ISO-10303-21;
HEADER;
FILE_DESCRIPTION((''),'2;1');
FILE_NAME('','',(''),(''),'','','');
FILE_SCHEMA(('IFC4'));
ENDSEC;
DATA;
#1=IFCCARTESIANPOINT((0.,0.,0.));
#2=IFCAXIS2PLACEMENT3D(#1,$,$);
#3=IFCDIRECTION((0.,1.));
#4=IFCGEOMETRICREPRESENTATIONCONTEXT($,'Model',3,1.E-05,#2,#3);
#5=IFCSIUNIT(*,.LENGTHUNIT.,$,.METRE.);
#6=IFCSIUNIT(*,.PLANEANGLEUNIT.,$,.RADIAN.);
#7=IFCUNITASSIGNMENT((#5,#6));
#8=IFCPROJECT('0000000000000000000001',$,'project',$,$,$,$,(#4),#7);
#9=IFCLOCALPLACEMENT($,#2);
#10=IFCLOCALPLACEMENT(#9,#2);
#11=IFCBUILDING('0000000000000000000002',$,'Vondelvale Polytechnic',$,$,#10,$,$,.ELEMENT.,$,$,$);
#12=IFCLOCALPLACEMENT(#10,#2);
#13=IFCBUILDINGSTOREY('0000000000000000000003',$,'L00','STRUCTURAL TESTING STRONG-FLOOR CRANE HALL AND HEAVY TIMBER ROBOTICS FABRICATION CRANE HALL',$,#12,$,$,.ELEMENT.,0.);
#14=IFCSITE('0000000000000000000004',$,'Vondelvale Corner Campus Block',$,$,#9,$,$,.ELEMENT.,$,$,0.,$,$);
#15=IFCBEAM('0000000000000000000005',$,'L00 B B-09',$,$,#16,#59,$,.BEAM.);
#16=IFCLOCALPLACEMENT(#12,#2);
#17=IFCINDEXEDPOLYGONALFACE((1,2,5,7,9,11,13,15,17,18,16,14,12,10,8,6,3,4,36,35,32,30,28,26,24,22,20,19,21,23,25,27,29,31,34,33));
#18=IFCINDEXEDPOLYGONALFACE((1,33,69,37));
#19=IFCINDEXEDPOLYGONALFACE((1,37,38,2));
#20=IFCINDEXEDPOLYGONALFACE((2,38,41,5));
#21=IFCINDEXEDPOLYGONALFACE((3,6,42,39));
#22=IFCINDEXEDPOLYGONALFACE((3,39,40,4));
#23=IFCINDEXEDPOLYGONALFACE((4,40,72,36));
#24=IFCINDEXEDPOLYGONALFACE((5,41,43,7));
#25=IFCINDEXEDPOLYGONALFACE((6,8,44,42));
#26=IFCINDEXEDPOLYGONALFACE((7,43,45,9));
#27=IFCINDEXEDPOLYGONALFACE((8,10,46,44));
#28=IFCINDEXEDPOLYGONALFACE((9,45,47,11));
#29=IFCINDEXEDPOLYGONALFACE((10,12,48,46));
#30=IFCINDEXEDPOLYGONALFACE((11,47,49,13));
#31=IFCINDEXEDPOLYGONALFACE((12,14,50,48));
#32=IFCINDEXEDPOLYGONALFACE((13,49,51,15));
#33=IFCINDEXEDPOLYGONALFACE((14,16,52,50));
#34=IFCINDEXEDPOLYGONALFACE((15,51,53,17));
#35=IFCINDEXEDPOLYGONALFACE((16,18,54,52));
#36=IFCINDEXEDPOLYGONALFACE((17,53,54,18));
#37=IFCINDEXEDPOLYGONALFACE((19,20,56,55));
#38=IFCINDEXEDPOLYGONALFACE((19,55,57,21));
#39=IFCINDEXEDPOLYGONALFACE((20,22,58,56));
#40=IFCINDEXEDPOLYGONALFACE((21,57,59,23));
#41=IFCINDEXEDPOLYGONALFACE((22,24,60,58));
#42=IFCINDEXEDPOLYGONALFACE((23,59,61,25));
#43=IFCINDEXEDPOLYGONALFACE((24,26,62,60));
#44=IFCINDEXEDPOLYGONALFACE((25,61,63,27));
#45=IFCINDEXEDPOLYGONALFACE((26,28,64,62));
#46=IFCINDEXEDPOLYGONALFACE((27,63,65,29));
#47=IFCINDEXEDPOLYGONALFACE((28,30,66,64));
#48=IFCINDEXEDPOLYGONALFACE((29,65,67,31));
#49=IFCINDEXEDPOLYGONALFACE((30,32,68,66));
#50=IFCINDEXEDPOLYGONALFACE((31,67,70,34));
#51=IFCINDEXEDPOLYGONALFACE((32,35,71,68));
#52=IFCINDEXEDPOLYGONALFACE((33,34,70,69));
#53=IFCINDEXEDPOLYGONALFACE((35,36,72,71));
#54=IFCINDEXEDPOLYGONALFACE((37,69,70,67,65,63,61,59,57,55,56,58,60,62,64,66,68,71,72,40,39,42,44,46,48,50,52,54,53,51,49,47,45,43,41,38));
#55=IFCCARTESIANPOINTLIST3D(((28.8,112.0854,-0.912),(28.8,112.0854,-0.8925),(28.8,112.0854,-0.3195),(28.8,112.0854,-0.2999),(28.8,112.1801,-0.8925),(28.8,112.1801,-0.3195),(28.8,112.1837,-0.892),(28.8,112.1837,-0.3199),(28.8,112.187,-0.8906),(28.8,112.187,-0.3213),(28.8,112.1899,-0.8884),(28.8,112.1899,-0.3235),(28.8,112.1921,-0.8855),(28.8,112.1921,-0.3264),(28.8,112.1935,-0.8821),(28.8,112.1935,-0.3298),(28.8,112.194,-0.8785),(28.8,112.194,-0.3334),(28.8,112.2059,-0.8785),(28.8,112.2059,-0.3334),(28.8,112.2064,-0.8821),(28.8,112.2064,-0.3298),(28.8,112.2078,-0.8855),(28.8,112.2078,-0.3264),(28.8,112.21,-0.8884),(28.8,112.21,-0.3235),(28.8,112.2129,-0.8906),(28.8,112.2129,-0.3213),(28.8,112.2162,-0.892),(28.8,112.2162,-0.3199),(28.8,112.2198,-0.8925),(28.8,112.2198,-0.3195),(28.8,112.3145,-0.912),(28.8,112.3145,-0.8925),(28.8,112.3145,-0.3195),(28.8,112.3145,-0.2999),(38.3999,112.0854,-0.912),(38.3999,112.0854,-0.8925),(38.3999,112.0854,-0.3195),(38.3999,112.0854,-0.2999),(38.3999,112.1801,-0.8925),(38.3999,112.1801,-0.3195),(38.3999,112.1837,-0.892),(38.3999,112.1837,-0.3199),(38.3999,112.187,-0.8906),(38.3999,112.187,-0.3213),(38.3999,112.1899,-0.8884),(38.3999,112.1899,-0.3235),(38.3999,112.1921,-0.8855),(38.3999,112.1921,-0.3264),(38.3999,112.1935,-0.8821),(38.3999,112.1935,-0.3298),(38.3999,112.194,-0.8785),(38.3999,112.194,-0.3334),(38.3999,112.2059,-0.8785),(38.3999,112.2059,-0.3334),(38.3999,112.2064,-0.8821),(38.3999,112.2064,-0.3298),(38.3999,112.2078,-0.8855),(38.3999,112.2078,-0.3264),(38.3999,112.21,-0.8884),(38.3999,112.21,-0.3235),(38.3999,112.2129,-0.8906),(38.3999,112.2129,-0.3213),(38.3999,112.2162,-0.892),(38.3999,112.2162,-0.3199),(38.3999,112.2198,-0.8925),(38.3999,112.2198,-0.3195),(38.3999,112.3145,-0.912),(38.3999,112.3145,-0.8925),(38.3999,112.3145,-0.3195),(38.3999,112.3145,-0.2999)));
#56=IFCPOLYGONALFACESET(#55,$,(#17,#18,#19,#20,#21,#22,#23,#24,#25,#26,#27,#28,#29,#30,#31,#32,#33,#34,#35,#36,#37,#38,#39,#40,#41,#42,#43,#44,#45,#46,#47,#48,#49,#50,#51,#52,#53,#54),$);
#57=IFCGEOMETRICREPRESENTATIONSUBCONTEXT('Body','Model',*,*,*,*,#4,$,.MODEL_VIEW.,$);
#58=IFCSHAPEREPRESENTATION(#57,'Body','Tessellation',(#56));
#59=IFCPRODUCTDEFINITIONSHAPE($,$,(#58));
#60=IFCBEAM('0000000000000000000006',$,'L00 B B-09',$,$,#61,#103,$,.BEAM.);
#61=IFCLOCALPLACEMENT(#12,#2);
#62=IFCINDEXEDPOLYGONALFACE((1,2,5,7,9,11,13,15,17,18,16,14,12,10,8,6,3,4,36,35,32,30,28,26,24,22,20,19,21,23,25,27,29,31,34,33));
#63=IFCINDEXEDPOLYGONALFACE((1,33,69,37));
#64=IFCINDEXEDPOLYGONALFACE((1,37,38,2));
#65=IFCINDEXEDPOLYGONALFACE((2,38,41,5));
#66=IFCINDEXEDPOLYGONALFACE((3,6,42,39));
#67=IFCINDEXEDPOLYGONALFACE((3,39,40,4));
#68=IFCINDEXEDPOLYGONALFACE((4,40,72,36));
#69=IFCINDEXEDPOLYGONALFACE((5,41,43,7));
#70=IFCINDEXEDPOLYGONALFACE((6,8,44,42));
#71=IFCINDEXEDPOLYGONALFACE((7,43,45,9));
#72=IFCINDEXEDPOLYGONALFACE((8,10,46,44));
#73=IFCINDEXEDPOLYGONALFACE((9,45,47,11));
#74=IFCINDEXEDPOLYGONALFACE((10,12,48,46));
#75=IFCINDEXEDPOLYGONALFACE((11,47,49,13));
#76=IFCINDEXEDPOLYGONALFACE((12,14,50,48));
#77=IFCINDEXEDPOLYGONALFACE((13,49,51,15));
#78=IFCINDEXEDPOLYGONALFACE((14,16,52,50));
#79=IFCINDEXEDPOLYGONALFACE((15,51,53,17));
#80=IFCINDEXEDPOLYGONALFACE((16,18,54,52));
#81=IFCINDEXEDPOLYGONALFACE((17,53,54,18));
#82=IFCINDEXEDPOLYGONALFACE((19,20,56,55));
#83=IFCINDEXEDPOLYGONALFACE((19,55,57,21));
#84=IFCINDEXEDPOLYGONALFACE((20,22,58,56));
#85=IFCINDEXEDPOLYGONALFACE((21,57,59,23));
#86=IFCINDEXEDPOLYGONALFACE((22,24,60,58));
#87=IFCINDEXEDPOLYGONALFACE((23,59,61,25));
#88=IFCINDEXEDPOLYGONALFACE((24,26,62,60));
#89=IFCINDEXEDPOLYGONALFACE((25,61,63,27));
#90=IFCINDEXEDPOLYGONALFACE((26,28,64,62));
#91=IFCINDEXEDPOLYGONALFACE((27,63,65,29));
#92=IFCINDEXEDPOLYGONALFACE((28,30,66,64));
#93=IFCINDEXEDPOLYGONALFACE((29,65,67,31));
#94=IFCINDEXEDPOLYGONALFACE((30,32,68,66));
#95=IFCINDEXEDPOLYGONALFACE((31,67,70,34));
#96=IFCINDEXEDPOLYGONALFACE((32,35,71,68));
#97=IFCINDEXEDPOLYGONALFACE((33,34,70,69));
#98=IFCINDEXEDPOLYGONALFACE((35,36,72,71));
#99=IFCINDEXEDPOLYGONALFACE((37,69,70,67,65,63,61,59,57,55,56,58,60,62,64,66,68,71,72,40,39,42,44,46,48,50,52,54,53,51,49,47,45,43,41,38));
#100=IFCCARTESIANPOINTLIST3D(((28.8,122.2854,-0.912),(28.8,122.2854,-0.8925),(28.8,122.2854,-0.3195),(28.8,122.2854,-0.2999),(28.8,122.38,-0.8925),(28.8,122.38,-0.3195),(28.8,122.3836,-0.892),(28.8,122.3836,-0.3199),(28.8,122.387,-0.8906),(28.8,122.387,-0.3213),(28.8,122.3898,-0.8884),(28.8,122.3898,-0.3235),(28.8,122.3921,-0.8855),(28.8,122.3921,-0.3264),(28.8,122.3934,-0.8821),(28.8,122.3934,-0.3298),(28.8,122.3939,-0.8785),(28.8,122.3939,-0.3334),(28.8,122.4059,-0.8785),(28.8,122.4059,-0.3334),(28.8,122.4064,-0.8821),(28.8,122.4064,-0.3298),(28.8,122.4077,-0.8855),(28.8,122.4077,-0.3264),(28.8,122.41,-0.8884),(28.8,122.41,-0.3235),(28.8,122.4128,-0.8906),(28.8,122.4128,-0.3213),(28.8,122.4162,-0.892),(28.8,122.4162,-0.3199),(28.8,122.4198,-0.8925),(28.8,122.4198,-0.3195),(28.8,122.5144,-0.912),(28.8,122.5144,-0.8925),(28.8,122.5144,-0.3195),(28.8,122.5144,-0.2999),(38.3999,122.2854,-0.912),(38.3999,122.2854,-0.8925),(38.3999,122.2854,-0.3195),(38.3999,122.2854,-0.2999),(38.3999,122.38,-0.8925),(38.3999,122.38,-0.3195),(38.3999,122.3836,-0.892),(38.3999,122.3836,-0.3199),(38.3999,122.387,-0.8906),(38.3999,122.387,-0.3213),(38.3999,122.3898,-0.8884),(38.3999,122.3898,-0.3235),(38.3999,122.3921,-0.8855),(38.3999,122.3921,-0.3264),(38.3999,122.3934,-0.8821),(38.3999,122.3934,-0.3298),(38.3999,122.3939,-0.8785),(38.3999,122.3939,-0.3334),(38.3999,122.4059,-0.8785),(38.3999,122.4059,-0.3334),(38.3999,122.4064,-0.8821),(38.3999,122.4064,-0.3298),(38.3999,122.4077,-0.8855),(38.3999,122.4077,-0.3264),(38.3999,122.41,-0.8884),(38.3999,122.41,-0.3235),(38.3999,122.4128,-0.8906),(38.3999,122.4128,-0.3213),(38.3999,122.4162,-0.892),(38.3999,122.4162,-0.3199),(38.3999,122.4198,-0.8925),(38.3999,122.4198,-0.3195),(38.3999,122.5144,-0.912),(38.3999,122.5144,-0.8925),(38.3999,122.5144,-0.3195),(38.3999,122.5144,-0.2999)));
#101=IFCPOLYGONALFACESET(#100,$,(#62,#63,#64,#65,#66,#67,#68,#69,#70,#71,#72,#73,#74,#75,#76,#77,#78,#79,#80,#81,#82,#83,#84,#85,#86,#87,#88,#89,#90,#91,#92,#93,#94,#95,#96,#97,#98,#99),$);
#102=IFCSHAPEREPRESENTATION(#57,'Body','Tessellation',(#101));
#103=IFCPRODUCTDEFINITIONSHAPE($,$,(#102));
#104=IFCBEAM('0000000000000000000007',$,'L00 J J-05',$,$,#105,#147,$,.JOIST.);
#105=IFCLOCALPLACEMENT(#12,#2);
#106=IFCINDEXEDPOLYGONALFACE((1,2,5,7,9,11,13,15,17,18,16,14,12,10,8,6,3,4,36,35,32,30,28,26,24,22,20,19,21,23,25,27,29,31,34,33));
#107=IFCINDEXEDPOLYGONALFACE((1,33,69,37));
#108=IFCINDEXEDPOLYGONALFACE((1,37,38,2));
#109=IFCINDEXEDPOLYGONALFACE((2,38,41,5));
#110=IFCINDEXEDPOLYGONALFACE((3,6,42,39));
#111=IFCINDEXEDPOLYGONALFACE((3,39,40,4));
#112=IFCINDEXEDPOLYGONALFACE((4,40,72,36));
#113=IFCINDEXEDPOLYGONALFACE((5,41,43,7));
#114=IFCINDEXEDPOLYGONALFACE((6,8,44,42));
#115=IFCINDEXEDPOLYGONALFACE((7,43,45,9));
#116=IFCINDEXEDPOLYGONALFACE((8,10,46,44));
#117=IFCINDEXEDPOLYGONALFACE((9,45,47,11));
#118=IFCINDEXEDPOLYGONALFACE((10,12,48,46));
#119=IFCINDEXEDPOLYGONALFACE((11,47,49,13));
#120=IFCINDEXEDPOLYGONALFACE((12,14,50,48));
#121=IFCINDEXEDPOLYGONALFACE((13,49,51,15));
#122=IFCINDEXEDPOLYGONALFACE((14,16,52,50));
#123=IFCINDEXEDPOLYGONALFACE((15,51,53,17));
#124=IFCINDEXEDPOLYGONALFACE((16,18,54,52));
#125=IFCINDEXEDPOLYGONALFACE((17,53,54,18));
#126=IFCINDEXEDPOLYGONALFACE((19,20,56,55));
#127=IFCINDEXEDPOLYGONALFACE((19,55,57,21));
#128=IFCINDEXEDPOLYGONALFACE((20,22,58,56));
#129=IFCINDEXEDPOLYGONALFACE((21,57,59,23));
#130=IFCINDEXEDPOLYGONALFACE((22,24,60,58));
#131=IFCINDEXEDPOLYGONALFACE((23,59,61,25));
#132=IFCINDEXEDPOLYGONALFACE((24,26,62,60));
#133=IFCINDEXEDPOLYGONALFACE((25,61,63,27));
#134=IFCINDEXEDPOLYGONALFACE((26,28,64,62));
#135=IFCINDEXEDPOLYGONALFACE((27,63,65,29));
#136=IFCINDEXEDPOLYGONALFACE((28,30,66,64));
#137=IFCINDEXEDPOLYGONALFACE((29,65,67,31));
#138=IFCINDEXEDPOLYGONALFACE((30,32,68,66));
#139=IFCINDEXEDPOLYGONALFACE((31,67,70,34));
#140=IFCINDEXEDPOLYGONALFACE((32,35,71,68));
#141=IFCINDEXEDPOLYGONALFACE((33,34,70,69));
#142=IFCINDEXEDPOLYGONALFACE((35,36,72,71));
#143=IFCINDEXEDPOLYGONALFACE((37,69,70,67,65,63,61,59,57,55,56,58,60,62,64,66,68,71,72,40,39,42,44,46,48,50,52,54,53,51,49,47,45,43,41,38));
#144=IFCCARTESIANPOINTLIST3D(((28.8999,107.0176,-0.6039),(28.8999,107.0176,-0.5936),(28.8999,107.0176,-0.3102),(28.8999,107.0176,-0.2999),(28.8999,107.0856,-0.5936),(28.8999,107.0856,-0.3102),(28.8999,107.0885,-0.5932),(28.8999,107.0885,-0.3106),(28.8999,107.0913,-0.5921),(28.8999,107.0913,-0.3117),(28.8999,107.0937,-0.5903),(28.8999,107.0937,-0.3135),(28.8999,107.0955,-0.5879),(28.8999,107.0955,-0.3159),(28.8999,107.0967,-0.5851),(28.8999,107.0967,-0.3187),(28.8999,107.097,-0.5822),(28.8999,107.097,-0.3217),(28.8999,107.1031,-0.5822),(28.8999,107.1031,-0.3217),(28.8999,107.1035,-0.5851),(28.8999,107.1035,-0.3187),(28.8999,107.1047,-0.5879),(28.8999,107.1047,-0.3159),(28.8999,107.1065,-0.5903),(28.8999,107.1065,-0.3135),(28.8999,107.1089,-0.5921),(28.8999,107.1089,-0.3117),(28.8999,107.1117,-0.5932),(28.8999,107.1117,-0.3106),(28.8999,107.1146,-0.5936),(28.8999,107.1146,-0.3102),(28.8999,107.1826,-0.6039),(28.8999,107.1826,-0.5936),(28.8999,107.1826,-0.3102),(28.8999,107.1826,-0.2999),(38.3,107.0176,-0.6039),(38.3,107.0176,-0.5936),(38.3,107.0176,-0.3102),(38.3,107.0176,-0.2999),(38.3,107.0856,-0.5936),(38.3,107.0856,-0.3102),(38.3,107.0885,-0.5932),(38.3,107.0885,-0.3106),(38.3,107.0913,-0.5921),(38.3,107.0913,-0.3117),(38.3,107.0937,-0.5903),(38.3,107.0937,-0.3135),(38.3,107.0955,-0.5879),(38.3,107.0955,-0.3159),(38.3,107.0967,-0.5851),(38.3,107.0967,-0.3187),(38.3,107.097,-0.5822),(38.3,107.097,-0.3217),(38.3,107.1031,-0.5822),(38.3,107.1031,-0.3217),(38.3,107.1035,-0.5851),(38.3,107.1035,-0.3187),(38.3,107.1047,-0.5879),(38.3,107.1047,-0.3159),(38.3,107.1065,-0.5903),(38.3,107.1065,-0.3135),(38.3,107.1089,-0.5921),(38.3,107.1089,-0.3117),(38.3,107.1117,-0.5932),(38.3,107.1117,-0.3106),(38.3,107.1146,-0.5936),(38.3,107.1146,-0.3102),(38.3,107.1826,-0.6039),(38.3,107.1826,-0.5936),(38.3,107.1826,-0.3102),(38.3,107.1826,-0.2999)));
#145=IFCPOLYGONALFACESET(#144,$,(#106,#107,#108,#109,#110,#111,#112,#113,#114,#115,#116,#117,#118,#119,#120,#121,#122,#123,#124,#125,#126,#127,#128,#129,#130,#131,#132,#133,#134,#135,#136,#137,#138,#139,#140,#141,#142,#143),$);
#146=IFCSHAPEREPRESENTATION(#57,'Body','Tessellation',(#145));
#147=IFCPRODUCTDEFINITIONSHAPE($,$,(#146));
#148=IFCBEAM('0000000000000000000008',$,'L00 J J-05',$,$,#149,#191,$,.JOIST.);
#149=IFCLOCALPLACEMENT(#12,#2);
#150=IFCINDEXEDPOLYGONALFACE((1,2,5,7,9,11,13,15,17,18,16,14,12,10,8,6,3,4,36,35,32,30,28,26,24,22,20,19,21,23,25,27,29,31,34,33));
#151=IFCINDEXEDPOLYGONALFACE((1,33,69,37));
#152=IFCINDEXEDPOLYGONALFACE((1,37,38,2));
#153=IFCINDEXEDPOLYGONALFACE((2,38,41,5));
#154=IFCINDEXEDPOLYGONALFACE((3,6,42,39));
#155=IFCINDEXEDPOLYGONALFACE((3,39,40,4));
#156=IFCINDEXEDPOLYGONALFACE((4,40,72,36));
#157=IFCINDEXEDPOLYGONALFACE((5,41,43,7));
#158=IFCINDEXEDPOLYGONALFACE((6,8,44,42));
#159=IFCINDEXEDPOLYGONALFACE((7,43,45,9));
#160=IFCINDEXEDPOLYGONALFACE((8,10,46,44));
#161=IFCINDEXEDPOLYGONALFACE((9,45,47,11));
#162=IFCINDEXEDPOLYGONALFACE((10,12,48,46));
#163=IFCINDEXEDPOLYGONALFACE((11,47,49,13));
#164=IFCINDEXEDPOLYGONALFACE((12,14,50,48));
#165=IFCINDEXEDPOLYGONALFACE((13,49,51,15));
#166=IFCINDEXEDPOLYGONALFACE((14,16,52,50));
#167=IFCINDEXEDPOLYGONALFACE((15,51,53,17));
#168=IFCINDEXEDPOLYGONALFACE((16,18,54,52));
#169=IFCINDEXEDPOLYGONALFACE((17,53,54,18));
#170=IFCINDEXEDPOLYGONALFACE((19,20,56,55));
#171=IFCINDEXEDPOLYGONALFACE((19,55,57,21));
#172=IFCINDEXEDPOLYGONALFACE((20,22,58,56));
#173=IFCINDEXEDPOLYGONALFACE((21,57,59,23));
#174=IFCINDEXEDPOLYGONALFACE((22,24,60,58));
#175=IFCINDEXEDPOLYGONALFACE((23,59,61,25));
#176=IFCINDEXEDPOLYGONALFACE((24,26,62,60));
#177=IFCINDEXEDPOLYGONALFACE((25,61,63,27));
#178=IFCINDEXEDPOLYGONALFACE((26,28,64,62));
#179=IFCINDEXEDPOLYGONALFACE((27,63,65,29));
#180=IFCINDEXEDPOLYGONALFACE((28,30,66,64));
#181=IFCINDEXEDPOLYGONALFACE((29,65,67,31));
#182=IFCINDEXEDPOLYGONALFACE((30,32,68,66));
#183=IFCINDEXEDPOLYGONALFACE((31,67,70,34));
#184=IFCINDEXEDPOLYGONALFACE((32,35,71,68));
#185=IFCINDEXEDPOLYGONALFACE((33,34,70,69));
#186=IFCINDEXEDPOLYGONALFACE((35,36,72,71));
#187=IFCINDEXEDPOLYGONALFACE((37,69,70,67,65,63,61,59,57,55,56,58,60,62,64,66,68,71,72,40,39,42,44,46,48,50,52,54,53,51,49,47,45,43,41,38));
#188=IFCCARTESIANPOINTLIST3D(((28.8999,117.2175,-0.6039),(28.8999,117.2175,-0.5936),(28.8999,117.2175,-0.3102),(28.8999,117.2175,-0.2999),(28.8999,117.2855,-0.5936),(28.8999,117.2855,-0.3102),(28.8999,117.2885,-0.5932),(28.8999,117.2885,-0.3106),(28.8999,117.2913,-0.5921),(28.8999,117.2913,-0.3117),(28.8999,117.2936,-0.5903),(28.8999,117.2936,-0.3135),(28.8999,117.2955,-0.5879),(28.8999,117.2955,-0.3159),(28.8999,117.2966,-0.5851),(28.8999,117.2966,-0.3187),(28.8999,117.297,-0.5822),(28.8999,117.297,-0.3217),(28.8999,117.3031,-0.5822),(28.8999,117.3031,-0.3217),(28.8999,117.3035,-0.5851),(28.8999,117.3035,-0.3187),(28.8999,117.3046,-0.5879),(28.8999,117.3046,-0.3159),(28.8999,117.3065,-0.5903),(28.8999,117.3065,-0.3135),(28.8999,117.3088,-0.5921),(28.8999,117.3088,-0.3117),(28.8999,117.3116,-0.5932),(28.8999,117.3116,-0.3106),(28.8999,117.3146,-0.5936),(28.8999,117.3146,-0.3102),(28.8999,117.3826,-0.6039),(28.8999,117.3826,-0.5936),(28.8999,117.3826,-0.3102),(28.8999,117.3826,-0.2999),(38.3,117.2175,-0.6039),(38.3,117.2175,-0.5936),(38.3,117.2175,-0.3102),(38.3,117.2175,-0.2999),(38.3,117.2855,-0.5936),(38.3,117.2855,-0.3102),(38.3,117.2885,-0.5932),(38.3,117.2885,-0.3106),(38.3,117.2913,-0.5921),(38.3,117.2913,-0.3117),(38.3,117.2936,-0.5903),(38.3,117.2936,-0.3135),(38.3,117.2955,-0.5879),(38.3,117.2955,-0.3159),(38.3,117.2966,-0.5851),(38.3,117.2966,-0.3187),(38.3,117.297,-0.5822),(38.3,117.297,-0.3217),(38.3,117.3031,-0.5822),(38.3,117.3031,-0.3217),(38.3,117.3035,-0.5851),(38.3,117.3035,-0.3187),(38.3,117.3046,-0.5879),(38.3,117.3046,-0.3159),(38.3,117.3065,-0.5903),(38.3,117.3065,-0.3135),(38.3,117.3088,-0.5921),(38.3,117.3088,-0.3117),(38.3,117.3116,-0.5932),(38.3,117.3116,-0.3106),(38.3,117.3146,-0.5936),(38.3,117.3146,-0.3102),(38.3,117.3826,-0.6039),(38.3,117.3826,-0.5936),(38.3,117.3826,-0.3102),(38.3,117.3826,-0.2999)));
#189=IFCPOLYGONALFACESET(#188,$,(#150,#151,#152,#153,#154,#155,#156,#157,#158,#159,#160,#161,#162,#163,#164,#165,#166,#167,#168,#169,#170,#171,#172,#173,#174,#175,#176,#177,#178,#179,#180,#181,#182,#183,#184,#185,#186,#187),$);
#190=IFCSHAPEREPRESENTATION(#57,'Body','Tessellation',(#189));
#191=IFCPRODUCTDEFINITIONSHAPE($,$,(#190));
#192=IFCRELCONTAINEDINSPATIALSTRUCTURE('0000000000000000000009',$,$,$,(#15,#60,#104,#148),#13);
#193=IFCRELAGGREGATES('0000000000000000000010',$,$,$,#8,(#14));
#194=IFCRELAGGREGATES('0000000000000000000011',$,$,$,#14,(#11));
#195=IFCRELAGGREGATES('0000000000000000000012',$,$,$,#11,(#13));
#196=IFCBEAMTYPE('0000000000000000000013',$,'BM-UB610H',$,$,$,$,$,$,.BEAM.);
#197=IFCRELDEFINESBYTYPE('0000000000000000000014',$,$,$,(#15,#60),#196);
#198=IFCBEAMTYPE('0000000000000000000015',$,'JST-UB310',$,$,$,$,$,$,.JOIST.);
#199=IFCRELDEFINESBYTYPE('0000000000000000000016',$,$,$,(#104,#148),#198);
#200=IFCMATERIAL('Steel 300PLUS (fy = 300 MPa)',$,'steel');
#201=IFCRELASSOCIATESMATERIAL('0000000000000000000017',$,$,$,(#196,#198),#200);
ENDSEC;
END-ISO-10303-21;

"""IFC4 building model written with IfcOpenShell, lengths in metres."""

from ifc_helpers import new_model, si_unit, direction, frame, origin, origin_2d, place, context, subcontext, project, spatial, i_section, extrude, material, material_profile, profile_set, type_object, element, save


model = new_model("IFC4")

# Units and contexts
model_context = context("Model", 3, precision=1e-05, world=origin(), true_north=direction((0.0, 1.0)))
body_context = subcontext(model_context, "Body", "Model", "MODEL_VIEW")
ifc_project = project(units=[si_unit("LENGTHUNIT", "METRE"), si_unit("PLANEANGLEUNIT", "RADIAN")], contexts=[model_context])

# Site, building, storey
site_placement = place(None, origin())
site = spatial("IfcSite", under=ifc_project, at=site_placement, Name="Vondelvale Corner Campus Block", CompositionType="ELEMENT", RefElevation=0.0)
building_placement = place(site_placement, origin())
building = spatial("IfcBuilding", under=site, at=building_placement, Name="Vondelvale Polytechnic", CompositionType="ELEMENT")
storey_placement = place(building_placement, origin())
storey = spatial("IfcBuildingStorey", under=building, at=storey_placement, Name="L00", Description="STRUCTURAL TESTING STRONG-FLOOR CRANE HALL AND HEAVY TIMBER ROBOTICS FABRICATION CRANE HALL", CompositionType="ELEMENT", Elevation=0.0)

# Beams
ifc_material_1 = material(Name="Steel 300PLUS (fy = 300 MPa)", Category="steel")
ifc_material_profile_1 = material_profile(ifc_material_1, i_section(OverallWidth=0.229, OverallDepth=0.6121, WebThickness=0.012, FlangeThickness=0.0195, FilletRadius=0.0139, at=origin_2d()), Name="610UB125")
ifc_profile_set_1 = profile_set([ifc_material_profile_1], Name="Steel 300PLUS (fy = 300 MPa)")
beam_type_1 = type_object("IfcBeamType", Name="BM-UB610H", PredefinedType="BEAM", material=ifc_profile_set_1)
for number, where, z_axis, x_axis, name in (
    (1, (28.8, 112.2, -0.606), (1.0, 0.0, 0.0), (0.0, 1.0, 0.0), "L00 B B-09"),
    (2, (28.8, 122.3999, -0.606), (1.0, 0.0, 0.0), (0.0, 1.0, 0.0), "L00 B B-09"),
):
    element("IfcBeam", number, at=place(storey_placement, frame(where, z_axis=z_axis, x_axis=x_axis)), inside=storey, type_object=beam_type_1, Name=name, PredefinedType="BEAM", context=body_context, shape_type="SweptSolid", body=[
        extrude(i_section(OverallWidth=0.229, OverallDepth=0.6121, WebThickness=0.012, FlangeThickness=0.0195, FilletRadius=0.0139, at=origin_2d()), origin(), (0.0, 0.0, 1.0), 9.5999),
    ])
ifc_material_profile_2 = material_profile(ifc_material_1, i_section(OverallWidth=0.165, OverallDepth=0.304, WebThickness=0.0061, FlangeThickness=0.0103, FilletRadius=0.0115, at=origin_2d()), Name="310UB40.4")
ifc_profile_set_2 = profile_set([ifc_material_profile_2], Name="Steel 300PLUS (fy = 300 MPa)")
beam_type_2 = type_object("IfcBeamType", Name="JST-UB310", PredefinedType="JOIST", material=ifc_profile_set_2)
for number, where, z_axis, x_axis, name in (
    (3, (28.8999, 107.1001, -0.4519), (1.0, 0.0, 0.0), (0.0, 1.0, 0.0), "L00 J J-05"),
    (4, (28.8999, 117.3, -0.4519), (1.0, 0.0, 0.0), (0.0, 1.0, 0.0), "L00 J J-05"),
):
    element("IfcBeam", number, at=place(storey_placement, frame(where, z_axis=z_axis, x_axis=x_axis)), inside=storey, type_object=beam_type_2, Name=name, PredefinedType="JOIST", context=body_context, shape_type="SweptSolid", body=[
        extrude(i_section(OverallWidth=0.165, OverallDepth=0.304, WebThickness=0.0061, FlangeThickness=0.0103, FilletRadius=0.0115, at=origin_2d()), origin(), (0.0, 0.0, 1.0), 9.4001),
    ])

save(model, "model.ifc")
